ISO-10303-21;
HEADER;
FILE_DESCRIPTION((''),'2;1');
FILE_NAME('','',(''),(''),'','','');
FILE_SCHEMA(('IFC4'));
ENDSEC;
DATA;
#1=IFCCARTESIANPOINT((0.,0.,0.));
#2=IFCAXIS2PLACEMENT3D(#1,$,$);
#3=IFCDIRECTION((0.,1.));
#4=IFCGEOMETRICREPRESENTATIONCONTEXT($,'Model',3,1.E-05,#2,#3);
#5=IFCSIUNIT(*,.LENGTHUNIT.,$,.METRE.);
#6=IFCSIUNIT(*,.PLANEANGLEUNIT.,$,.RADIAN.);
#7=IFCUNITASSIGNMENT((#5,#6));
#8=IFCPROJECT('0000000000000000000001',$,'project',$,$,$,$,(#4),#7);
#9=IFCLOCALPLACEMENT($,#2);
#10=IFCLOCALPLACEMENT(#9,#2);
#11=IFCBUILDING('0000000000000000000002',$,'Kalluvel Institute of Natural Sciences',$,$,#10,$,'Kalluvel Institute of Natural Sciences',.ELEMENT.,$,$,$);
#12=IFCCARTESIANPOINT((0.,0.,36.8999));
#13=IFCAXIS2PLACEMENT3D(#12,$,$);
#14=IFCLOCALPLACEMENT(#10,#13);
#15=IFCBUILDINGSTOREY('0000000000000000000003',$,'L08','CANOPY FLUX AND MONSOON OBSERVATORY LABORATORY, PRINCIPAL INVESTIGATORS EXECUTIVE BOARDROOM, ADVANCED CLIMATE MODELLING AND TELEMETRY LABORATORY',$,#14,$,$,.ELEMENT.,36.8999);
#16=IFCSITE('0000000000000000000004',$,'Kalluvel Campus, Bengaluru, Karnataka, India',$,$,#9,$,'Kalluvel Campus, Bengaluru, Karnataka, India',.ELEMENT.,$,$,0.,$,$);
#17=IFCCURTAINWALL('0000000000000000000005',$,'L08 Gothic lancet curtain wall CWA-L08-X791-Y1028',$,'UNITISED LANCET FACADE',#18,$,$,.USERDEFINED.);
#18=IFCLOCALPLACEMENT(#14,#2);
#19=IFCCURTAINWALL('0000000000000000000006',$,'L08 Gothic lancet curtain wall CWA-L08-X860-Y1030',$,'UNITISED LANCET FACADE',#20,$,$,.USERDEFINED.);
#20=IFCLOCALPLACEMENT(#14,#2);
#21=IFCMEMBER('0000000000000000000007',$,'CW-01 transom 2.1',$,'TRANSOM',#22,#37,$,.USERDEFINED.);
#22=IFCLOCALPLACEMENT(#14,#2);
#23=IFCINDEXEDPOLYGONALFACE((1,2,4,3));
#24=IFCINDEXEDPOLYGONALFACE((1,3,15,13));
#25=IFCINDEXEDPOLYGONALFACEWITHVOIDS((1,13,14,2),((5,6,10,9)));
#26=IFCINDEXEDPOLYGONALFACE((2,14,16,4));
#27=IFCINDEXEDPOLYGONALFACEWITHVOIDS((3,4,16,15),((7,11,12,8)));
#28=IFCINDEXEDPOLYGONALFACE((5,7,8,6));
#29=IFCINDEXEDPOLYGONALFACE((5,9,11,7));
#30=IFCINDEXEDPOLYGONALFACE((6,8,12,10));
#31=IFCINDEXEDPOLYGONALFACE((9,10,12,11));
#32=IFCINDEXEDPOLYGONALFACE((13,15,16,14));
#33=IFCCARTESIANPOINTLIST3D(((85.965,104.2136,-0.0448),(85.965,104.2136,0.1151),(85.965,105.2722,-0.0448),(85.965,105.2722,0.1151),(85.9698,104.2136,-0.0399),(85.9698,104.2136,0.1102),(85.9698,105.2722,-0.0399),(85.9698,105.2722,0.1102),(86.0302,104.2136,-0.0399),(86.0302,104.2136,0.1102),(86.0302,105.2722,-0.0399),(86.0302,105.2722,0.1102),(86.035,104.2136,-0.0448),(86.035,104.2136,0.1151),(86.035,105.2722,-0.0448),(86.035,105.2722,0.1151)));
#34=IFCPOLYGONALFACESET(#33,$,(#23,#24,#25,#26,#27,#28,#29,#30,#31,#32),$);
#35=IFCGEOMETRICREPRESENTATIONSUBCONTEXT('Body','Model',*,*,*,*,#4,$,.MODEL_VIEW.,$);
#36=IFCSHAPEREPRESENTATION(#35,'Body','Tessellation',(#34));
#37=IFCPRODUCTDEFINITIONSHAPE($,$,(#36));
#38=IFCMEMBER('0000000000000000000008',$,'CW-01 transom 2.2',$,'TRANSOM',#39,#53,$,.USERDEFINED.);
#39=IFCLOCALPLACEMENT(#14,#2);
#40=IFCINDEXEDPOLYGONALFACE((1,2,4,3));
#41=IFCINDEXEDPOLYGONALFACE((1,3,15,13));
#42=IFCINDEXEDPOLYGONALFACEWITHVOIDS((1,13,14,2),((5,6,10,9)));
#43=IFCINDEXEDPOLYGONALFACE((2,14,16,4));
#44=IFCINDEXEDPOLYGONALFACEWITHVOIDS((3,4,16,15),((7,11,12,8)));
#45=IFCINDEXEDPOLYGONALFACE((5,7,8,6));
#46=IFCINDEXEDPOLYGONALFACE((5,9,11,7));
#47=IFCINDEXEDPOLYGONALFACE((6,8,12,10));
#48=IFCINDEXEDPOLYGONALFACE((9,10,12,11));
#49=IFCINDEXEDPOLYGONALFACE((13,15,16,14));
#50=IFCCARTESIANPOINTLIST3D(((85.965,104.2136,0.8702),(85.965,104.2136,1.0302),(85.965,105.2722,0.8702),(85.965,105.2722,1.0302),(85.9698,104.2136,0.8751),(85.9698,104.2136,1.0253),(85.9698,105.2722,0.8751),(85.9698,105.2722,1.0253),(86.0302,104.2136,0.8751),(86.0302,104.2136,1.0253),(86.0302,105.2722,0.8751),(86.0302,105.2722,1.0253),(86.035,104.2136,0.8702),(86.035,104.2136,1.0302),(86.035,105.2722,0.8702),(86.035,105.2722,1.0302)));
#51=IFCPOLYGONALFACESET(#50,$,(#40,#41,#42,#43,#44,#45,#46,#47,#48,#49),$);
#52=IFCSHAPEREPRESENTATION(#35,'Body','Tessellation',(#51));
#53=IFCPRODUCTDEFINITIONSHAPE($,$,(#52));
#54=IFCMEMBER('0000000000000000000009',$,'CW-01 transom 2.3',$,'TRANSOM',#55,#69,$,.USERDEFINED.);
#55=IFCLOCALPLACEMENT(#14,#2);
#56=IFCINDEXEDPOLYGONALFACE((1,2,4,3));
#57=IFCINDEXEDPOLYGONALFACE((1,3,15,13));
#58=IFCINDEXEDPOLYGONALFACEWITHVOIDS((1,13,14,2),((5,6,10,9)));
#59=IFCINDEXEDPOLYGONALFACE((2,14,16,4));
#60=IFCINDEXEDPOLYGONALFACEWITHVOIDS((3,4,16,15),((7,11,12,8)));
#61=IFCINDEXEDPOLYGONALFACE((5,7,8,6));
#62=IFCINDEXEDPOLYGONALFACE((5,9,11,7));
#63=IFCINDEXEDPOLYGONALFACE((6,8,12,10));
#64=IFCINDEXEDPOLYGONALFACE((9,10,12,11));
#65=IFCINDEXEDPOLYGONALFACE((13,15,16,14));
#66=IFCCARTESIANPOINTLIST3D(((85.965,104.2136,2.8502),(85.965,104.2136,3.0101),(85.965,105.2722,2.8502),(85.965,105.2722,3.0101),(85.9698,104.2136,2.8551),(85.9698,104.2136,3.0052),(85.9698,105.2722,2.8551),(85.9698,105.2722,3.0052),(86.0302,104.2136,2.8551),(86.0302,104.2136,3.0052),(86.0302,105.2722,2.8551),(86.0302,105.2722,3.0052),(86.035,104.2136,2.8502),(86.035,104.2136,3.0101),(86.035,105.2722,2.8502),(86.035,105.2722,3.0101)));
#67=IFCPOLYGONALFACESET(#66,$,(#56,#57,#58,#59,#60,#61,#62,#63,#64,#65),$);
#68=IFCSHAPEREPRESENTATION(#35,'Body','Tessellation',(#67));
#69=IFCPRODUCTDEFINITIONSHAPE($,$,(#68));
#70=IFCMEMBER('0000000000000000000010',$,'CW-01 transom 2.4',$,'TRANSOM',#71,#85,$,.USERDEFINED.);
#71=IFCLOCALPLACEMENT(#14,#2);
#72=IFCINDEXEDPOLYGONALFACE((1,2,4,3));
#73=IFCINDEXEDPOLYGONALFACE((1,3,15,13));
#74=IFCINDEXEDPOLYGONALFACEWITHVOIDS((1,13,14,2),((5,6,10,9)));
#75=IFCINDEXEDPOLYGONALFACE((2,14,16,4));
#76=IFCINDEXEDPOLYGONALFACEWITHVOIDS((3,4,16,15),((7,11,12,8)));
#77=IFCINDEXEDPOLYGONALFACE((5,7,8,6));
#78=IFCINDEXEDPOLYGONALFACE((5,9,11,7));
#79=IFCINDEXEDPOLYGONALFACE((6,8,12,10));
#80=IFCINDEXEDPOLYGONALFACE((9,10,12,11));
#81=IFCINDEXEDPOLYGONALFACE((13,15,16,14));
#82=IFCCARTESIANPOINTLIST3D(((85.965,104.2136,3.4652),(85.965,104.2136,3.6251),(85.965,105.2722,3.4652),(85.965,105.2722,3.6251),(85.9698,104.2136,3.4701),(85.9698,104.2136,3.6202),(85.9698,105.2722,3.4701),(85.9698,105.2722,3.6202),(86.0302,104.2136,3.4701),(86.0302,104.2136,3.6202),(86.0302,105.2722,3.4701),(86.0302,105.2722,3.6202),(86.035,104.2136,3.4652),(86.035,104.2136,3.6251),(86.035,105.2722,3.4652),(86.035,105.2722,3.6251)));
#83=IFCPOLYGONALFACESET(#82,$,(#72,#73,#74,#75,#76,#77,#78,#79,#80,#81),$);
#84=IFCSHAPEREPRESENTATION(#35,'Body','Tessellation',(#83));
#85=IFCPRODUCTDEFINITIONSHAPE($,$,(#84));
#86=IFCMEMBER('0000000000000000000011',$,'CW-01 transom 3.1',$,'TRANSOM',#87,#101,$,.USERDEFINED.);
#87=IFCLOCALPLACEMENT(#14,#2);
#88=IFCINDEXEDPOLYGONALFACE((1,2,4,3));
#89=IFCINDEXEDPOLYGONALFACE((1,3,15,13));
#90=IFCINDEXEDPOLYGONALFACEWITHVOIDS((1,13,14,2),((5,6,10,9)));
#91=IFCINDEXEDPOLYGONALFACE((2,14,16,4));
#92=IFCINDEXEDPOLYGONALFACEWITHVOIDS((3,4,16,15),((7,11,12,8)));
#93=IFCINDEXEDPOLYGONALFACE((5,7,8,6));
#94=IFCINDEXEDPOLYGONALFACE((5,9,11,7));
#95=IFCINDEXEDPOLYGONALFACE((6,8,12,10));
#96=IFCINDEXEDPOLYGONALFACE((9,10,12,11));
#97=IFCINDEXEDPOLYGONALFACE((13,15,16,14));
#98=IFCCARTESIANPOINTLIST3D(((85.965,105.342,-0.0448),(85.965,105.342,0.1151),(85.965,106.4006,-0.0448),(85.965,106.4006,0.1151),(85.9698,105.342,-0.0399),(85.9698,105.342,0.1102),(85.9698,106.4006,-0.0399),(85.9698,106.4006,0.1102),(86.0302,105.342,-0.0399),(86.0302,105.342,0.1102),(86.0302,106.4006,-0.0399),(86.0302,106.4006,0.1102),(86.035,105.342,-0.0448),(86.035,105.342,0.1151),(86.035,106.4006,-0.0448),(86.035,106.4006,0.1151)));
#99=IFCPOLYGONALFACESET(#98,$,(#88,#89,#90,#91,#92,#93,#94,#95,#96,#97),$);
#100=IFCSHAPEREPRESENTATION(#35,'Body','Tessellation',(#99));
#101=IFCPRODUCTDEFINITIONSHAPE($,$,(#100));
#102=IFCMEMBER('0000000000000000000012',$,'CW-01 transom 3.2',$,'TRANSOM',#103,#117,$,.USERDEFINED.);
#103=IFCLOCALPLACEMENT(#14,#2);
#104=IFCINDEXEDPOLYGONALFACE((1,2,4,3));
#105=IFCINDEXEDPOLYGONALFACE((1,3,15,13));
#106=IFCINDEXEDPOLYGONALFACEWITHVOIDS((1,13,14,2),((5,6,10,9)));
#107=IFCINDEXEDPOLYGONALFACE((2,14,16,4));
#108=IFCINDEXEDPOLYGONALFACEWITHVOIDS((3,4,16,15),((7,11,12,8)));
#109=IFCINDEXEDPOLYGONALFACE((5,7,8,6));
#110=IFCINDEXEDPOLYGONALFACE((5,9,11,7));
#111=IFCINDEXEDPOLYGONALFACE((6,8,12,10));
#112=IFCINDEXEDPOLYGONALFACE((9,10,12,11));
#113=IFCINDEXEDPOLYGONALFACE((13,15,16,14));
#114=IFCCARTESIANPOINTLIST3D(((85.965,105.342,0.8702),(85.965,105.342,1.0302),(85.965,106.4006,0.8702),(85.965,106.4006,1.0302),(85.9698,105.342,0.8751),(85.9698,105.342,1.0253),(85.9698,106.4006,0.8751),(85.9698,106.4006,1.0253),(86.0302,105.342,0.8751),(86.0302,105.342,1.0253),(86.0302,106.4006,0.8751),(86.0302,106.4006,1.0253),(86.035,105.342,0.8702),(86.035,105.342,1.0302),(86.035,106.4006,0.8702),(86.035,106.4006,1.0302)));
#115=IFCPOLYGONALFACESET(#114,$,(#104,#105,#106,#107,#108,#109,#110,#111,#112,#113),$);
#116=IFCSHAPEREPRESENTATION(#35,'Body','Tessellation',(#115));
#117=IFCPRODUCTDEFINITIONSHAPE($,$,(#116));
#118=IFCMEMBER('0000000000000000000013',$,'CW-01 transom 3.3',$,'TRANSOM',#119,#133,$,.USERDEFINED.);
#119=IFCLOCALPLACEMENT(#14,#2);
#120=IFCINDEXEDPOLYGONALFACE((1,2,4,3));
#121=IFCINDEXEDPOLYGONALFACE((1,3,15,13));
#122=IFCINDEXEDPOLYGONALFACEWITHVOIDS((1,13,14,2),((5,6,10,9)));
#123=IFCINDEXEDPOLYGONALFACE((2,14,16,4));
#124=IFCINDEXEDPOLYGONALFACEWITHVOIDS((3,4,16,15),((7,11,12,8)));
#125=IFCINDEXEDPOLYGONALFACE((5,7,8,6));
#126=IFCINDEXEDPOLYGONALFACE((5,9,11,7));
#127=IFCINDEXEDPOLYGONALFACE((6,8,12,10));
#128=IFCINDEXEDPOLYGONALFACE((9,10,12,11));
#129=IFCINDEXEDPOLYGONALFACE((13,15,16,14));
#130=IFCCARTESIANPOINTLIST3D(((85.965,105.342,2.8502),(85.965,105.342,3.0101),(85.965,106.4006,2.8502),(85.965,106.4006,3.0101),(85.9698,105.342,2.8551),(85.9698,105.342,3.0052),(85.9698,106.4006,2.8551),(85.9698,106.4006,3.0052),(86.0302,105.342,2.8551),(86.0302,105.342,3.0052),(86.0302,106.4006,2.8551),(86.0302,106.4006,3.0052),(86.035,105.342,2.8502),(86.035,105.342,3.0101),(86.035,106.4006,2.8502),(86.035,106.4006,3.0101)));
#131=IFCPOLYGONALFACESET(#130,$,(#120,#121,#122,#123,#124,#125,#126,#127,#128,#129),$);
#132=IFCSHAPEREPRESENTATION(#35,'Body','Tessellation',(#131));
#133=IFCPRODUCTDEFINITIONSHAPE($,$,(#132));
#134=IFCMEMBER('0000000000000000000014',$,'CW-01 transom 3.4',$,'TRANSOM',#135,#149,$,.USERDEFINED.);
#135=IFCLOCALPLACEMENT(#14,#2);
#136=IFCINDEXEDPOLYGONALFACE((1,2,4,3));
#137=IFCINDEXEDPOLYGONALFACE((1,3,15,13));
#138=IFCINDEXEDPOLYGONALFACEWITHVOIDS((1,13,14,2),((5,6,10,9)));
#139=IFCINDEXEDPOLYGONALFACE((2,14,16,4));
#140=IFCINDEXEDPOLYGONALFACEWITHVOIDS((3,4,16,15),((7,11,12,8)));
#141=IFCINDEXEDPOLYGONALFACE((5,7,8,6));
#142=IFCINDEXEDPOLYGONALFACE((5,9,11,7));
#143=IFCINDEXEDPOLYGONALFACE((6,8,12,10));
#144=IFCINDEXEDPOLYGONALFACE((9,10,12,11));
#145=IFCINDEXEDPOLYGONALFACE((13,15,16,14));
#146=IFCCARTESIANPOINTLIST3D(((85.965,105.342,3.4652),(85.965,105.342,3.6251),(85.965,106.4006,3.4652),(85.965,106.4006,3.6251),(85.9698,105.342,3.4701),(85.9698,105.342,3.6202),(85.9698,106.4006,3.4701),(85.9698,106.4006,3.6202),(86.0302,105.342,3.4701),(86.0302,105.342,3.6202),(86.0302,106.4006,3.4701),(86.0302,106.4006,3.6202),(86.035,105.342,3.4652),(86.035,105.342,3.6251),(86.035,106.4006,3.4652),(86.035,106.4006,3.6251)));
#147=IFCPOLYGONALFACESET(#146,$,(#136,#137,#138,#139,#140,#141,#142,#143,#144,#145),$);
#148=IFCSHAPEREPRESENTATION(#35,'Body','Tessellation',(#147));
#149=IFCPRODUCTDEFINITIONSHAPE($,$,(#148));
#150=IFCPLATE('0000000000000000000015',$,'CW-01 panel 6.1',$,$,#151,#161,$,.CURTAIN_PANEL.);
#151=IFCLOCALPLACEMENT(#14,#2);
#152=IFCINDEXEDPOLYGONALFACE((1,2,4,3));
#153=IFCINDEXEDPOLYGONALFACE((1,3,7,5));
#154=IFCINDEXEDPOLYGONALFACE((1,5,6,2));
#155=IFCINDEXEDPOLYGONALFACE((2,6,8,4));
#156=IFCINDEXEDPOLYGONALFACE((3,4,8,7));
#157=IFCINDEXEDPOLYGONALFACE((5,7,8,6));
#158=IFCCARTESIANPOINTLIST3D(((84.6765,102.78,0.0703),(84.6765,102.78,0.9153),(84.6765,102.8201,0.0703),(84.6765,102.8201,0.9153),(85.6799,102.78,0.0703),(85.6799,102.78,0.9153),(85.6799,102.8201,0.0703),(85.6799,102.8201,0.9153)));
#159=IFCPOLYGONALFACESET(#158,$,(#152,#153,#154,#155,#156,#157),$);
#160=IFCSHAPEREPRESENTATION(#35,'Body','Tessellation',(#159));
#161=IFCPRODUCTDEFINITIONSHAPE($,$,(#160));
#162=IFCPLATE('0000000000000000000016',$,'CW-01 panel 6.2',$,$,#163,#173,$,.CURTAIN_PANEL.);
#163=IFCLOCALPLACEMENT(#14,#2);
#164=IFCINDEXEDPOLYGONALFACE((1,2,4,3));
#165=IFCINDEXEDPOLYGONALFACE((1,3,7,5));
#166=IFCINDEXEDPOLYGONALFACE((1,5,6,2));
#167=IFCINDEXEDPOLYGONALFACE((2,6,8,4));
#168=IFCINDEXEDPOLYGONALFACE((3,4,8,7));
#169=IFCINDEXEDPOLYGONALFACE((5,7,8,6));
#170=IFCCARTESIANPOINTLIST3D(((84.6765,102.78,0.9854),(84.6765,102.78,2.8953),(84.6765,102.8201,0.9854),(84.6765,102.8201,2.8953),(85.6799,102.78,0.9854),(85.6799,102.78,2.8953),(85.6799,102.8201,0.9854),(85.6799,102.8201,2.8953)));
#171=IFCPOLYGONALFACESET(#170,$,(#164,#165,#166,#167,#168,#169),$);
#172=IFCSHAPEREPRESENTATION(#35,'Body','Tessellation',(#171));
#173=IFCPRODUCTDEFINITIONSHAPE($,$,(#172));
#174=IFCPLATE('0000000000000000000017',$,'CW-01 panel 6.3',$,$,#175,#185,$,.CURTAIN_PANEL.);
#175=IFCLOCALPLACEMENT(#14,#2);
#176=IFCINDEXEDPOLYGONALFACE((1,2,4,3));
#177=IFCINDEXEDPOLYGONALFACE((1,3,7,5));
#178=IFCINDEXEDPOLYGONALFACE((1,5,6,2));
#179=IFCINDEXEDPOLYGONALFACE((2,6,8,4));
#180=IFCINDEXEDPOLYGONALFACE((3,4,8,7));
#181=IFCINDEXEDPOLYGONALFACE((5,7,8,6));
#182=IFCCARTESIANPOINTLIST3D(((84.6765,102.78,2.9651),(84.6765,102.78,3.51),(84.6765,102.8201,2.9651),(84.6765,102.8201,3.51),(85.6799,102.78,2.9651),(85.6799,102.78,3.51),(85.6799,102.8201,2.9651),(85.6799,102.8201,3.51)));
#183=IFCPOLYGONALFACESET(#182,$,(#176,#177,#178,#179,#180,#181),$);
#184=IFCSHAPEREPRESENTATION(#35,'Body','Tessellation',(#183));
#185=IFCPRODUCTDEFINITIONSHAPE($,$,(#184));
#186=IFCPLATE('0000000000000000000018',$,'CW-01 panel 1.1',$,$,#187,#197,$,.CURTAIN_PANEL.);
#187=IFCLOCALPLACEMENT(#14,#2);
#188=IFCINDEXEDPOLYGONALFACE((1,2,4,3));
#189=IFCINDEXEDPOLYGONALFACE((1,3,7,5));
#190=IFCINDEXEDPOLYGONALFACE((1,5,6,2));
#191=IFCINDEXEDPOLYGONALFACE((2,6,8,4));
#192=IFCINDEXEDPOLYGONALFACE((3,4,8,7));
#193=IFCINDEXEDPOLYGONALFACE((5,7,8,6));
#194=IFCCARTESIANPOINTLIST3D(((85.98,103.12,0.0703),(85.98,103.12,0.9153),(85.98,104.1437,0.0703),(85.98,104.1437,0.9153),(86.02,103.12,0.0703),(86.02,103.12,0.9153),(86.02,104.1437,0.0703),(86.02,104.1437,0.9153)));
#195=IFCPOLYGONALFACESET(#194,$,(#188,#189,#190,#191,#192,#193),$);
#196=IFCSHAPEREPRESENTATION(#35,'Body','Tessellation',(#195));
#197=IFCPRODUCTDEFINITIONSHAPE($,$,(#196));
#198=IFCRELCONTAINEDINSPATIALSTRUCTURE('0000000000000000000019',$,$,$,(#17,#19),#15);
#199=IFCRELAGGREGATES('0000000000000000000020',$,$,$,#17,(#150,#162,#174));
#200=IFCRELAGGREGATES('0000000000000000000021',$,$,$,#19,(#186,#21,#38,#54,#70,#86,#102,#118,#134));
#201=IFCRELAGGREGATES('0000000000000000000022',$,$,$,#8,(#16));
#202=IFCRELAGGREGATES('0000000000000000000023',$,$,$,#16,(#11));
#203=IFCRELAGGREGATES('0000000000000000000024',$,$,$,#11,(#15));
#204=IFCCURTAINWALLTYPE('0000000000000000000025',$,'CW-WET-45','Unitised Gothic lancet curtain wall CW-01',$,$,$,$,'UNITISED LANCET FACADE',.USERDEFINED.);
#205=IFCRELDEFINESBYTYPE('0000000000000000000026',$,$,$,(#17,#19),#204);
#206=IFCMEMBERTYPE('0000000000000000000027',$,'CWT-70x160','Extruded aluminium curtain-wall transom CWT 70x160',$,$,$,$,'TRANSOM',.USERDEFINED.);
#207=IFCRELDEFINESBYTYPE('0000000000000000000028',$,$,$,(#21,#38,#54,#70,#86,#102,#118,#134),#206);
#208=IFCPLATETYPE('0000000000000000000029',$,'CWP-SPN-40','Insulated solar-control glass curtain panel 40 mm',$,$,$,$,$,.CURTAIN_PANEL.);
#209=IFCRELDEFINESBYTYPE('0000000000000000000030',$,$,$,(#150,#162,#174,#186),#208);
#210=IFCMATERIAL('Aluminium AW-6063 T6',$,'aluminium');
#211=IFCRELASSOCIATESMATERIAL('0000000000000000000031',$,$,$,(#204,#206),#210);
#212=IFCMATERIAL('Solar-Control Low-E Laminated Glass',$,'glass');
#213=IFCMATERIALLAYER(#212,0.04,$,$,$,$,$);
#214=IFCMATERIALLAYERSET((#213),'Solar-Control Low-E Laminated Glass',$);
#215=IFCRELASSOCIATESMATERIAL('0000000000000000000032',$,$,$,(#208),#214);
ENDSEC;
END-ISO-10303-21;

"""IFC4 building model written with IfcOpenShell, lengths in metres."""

from ifc_helpers import new_model, si_unit, direction, frame, origin, origin_2d, place, context, subcontext, project, spatial, rectangle, hollow_rectangle, extrude, material, layer, layer_set, material_profile, profile_set, type_object, element, aggregate, save


model = new_model("IFC4")

# Units and contexts
model_context = context("Model", 3, precision=1e-05, world=origin(), true_north=direction((0.0, 1.0)))
body_context = subcontext(model_context, "Body", "Model", "MODEL_VIEW")
ifc_project = project(units=[si_unit("LENGTHUNIT", "METRE"), si_unit("PLANEANGLEUNIT", "RADIAN")], contexts=[model_context])

# Site, building, storey
site_placement = place(None, origin())
site = spatial("IfcSite", under=ifc_project, at=site_placement, Name="Kalluvel Campus, Bengaluru, Karnataka, India", LongName="Kalluvel Campus, Bengaluru, Karnataka, India", CompositionType="ELEMENT", RefElevation=0.0)
building_placement = place(site_placement, origin())
building = spatial("IfcBuilding", under=site, at=building_placement, Name="Kalluvel Institute of Natural Sciences", LongName="Kalluvel Institute of Natural Sciences", CompositionType="ELEMENT")
storey_placement = place(building_placement, frame((0.0, 0.0, 36.8999)))
storey = spatial("IfcBuildingStorey", under=building, at=storey_placement, Name="L08", Description="CANOPY FLUX AND MONSOON OBSERVATORY LABORATORY, PRINCIPAL INVESTIGATORS EXECUTIVE BOARDROOM, ADVANCED CLIMATE MODELLING AND TELEMETRY LABORATORY", CompositionType="ELEMENT", Elevation=36.8999)

# Curtain wall
ifc_material_1 = material(Name="Aluminium AW-6063 T6", Category="aluminium")
curtain_wall_type = type_object("IfcCurtainWallType", Name="CW-WET-45", Description="Unitised Gothic lancet curtain wall CW-01", ElementType="UNITISED LANCET FACADE", PredefinedType="USERDEFINED", material=ifc_material_1)
curtain_wall_1_placement = place(storey_placement, origin())
curtain_wall_1 = element("IfcCurtainWall", 1, at=curtain_wall_1_placement, inside=storey, type_object=curtain_wall_type, Name="L08 Gothic lancet curtain wall CWA-L08-X791-Y1028", ObjectType="UNITISED LANCET FACADE", PredefinedType="USERDEFINED")

# Curtain wall
curtain_wall_2_placement = place(storey_placement, origin())
curtain_wall_2 = element("IfcCurtainWall", 2, at=curtain_wall_2_placement, inside=storey, type_object=curtain_wall_type, Name="L08 Gothic lancet curtain wall CWA-L08-X860-Y1030", ObjectType="UNITISED LANCET FACADE", PredefinedType="USERDEFINED")

# Members
ifc_material_profile_1 = material_profile(ifc_material_1, hollow_rectangle(XDim=0.0701, YDim=0.1599, WallThickness=0.0049, at=origin_2d()), Name="CWT 70x160")
ifc_profile_set_1 = profile_set([ifc_material_profile_1], Name="Aluminium AW-6063 T6")
member_type_1 = type_object("IfcMemberType", Name="CWT-70x160", Description="Extruded aluminium curtain-wall transom CWT 70x160", ElementType="TRANSOM", PredefinedType="USERDEFINED", material=ifc_profile_set_1)
member_1_placement = place(storey_placement, frame((86.0, 104.2136, 0.0352), z_axis=(0.0, 1.0, 0.0), x_axis=(-1.0, 0.0, 0.0)))
member_1 = element("IfcMember", 3, at=member_1_placement, type_object=member_type_1, Name="CW-01 transom 2.1", ObjectType="TRANSOM", PredefinedType="USERDEFINED", context=body_context, shape_type="SweptSolid", body=[
    extrude(hollow_rectangle(XDim=0.0701, YDim=0.1599, WallThickness=0.0049, at=origin_2d()), origin(), (0.0, 0.0, 1.0), 1.0586),
])
member_2_placement = place(storey_placement, frame((86.0, 104.2136, 0.9502), z_axis=(0.0, 1.0, 0.0), x_axis=(-1.0, 0.0, 0.0)))
member_2 = element("IfcMember", 4, at=member_2_placement, type_object=member_type_1, Name="CW-01 transom 2.2", ObjectType="TRANSOM", PredefinedType="USERDEFINED", context=body_context, shape_type="SweptSolid", body=[
    extrude(hollow_rectangle(XDim=0.0701, YDim=0.1599, WallThickness=0.0049, at=origin_2d()), origin(), (0.0, 0.0, 1.0), 1.0586),
])
member_3_placement = place(storey_placement, frame((86.0, 104.2136, 2.9302), z_axis=(0.0, 1.0, 0.0), x_axis=(-1.0, 0.0, 0.0)))
member_3 = element("IfcMember", 5, at=member_3_placement, type_object=member_type_1, Name="CW-01 transom 2.3", ObjectType="TRANSOM", PredefinedType="USERDEFINED", context=body_context, shape_type="SweptSolid", body=[
    extrude(hollow_rectangle(XDim=0.0701, YDim=0.1599, WallThickness=0.0049, at=origin_2d()), origin(), (0.0, 0.0, 1.0), 1.0586),
])
member_4_placement = place(storey_placement, frame((86.0, 104.2136, 3.5452), z_axis=(0.0, 1.0, 0.0), x_axis=(-1.0, 0.0, 0.0)))
member_4 = element("IfcMember", 6, at=member_4_placement, type_object=member_type_1, Name="CW-01 transom 2.4", ObjectType="TRANSOM", PredefinedType="USERDEFINED", context=body_context, shape_type="SweptSolid", body=[
    extrude(hollow_rectangle(XDim=0.0701, YDim=0.1599, WallThickness=0.0049, at=origin_2d()), origin(), (0.0, 0.0, 1.0), 1.0586),
])
member_5_placement = place(storey_placement, frame((86.0, 105.342, 0.0352), z_axis=(0.0, 1.0, 0.0), x_axis=(-1.0, 0.0, 0.0)))
member_5 = element("IfcMember", 7, at=member_5_placement, type_object=member_type_1, Name="CW-01 transom 3.1", ObjectType="TRANSOM", PredefinedType="USERDEFINED", context=body_context, shape_type="SweptSolid", body=[
    extrude(hollow_rectangle(XDim=0.0701, YDim=0.1599, WallThickness=0.0049, at=origin_2d()), origin(), (0.0, 0.0, 1.0), 1.0586),
])
member_6_placement = place(storey_placement, frame((86.0, 105.342, 0.9502), z_axis=(0.0, 1.0, 0.0), x_axis=(-1.0, 0.0, 0.0)))
member_6 = element("IfcMember", 8, at=member_6_placement, type_object=member_type_1, Name="CW-01 transom 3.2", ObjectType="TRANSOM", PredefinedType="USERDEFINED", context=body_context, shape_type="SweptSolid", body=[
    extrude(hollow_rectangle(XDim=0.0701, YDim=0.1599, WallThickness=0.0049, at=origin_2d()), origin(), (0.0, 0.0, 1.0), 1.0586),
])
member_7_placement = place(storey_placement, frame((86.0, 105.342, 2.9302), z_axis=(0.0, 1.0, 0.0), x_axis=(-1.0, 0.0, 0.0)))
member_7 = element("IfcMember", 9, at=member_7_placement, type_object=member_type_1, Name="CW-01 transom 3.3", ObjectType="TRANSOM", PredefinedType="USERDEFINED", context=body_context, shape_type="SweptSolid", body=[
    extrude(hollow_rectangle(XDim=0.0701, YDim=0.1599, WallThickness=0.0049, at=origin_2d()), origin(), (0.0, 0.0, 1.0), 1.0586),
])
member_8_placement = place(storey_placement, frame((86.0, 105.342, 3.5452), z_axis=(0.0, 1.0, 0.0), x_axis=(-1.0, 0.0, 0.0)))
member_8 = element("IfcMember", 10, at=member_8_placement, type_object=member_type_1, Name="CW-01 transom 3.4", ObjectType="TRANSOM", PredefinedType="USERDEFINED", context=body_context, shape_type="SweptSolid", body=[
    extrude(hollow_rectangle(XDim=0.0701, YDim=0.1599, WallThickness=0.0049, at=origin_2d()), origin(), (0.0, 0.0, 1.0), 1.0586),
])

# Plates
ifc_material_2 = material(Name="Solar-Control Low-E Laminated Glass", Category="glass")
ifc_layer = layer(ifc_material_2, 0.04)
ifc_layer_set = layer_set([ifc_layer], Name="Solar-Control Low-E Laminated Glass")
plate_type = type_object("IfcPlateType", Name="CWP-SPN-40", Description="Insulated solar-control glass curtain panel 40 mm", PredefinedType="CURTAIN_PANEL", material=ifc_layer_set)
plate_1_placement = place(storey_placement, frame((85.1782, 102.8, 0.0703), z_axis=(0.0, 0.0, 1.0), x_axis=(1.0, 0.0, 0.0)))
plate_1 = element("IfcPlate", 11, at=plate_1_placement, type_object=plate_type, Name="CW-01 panel 6.1", PredefinedType="CURTAIN_PANEL", context=body_context, shape_type="SweptSolid", body=[
    extrude(rectangle(XDim=1.0034, YDim=0.04, at=origin_2d()), origin(), (0.0, 0.0, 1.0), 0.845),
])
plate_2_placement = place(storey_placement, frame((85.1782, 102.8, 0.9854), z_axis=(0.0, 0.0, 1.0), x_axis=(1.0, 0.0, 0.0)))
plate_2 = element("IfcPlate", 12, at=plate_2_placement, type_object=plate_type, Name="CW-01 panel 6.2", PredefinedType="CURTAIN_PANEL", context=body_context, shape_type="SweptSolid", body=[
    extrude(rectangle(XDim=1.0034, YDim=0.04, at=origin_2d()), origin(), (0.0, 0.0, 1.0), 1.9099),
])
plate_3_placement = place(storey_placement, frame((85.1782, 102.8, 2.9651), z_axis=(0.0, 0.0, 1.0), x_axis=(1.0, 0.0, 0.0)))
plate_3 = element("IfcPlate", 13, at=plate_3_placement, type_object=plate_type, Name="CW-01 panel 6.3", PredefinedType="CURTAIN_PANEL", context=body_context, shape_type="SweptSolid", body=[
    extrude(rectangle(XDim=1.0034, YDim=0.04, at=origin_2d()), origin(), (0.0, 0.0, 1.0), 0.5449),
])
aggregate(curtain_wall_1, [plate_1, plate_2, plate_3])
plate_4_placement = place(storey_placement, frame((86.0, 103.6318, 0.0703), z_axis=(0.0, 0.0, 1.0), x_axis=(0.0, 1.0, 0.0)))
plate_4 = element("IfcPlate", 14, at=plate_4_placement, type_object=plate_type, Name="CW-01 panel 1.1", PredefinedType="CURTAIN_PANEL", context=body_context, shape_type="SweptSolid", body=[
    extrude(rectangle(XDim=1.0237, YDim=0.04, at=origin_2d()), origin(), (0.0, 0.0, 1.0), 0.845),
])
aggregate(curtain_wall_2, [plate_4, member_1, member_2, member_3, member_4, member_5, member_6, member_7, member_8])

save(model, "model.ifc")
